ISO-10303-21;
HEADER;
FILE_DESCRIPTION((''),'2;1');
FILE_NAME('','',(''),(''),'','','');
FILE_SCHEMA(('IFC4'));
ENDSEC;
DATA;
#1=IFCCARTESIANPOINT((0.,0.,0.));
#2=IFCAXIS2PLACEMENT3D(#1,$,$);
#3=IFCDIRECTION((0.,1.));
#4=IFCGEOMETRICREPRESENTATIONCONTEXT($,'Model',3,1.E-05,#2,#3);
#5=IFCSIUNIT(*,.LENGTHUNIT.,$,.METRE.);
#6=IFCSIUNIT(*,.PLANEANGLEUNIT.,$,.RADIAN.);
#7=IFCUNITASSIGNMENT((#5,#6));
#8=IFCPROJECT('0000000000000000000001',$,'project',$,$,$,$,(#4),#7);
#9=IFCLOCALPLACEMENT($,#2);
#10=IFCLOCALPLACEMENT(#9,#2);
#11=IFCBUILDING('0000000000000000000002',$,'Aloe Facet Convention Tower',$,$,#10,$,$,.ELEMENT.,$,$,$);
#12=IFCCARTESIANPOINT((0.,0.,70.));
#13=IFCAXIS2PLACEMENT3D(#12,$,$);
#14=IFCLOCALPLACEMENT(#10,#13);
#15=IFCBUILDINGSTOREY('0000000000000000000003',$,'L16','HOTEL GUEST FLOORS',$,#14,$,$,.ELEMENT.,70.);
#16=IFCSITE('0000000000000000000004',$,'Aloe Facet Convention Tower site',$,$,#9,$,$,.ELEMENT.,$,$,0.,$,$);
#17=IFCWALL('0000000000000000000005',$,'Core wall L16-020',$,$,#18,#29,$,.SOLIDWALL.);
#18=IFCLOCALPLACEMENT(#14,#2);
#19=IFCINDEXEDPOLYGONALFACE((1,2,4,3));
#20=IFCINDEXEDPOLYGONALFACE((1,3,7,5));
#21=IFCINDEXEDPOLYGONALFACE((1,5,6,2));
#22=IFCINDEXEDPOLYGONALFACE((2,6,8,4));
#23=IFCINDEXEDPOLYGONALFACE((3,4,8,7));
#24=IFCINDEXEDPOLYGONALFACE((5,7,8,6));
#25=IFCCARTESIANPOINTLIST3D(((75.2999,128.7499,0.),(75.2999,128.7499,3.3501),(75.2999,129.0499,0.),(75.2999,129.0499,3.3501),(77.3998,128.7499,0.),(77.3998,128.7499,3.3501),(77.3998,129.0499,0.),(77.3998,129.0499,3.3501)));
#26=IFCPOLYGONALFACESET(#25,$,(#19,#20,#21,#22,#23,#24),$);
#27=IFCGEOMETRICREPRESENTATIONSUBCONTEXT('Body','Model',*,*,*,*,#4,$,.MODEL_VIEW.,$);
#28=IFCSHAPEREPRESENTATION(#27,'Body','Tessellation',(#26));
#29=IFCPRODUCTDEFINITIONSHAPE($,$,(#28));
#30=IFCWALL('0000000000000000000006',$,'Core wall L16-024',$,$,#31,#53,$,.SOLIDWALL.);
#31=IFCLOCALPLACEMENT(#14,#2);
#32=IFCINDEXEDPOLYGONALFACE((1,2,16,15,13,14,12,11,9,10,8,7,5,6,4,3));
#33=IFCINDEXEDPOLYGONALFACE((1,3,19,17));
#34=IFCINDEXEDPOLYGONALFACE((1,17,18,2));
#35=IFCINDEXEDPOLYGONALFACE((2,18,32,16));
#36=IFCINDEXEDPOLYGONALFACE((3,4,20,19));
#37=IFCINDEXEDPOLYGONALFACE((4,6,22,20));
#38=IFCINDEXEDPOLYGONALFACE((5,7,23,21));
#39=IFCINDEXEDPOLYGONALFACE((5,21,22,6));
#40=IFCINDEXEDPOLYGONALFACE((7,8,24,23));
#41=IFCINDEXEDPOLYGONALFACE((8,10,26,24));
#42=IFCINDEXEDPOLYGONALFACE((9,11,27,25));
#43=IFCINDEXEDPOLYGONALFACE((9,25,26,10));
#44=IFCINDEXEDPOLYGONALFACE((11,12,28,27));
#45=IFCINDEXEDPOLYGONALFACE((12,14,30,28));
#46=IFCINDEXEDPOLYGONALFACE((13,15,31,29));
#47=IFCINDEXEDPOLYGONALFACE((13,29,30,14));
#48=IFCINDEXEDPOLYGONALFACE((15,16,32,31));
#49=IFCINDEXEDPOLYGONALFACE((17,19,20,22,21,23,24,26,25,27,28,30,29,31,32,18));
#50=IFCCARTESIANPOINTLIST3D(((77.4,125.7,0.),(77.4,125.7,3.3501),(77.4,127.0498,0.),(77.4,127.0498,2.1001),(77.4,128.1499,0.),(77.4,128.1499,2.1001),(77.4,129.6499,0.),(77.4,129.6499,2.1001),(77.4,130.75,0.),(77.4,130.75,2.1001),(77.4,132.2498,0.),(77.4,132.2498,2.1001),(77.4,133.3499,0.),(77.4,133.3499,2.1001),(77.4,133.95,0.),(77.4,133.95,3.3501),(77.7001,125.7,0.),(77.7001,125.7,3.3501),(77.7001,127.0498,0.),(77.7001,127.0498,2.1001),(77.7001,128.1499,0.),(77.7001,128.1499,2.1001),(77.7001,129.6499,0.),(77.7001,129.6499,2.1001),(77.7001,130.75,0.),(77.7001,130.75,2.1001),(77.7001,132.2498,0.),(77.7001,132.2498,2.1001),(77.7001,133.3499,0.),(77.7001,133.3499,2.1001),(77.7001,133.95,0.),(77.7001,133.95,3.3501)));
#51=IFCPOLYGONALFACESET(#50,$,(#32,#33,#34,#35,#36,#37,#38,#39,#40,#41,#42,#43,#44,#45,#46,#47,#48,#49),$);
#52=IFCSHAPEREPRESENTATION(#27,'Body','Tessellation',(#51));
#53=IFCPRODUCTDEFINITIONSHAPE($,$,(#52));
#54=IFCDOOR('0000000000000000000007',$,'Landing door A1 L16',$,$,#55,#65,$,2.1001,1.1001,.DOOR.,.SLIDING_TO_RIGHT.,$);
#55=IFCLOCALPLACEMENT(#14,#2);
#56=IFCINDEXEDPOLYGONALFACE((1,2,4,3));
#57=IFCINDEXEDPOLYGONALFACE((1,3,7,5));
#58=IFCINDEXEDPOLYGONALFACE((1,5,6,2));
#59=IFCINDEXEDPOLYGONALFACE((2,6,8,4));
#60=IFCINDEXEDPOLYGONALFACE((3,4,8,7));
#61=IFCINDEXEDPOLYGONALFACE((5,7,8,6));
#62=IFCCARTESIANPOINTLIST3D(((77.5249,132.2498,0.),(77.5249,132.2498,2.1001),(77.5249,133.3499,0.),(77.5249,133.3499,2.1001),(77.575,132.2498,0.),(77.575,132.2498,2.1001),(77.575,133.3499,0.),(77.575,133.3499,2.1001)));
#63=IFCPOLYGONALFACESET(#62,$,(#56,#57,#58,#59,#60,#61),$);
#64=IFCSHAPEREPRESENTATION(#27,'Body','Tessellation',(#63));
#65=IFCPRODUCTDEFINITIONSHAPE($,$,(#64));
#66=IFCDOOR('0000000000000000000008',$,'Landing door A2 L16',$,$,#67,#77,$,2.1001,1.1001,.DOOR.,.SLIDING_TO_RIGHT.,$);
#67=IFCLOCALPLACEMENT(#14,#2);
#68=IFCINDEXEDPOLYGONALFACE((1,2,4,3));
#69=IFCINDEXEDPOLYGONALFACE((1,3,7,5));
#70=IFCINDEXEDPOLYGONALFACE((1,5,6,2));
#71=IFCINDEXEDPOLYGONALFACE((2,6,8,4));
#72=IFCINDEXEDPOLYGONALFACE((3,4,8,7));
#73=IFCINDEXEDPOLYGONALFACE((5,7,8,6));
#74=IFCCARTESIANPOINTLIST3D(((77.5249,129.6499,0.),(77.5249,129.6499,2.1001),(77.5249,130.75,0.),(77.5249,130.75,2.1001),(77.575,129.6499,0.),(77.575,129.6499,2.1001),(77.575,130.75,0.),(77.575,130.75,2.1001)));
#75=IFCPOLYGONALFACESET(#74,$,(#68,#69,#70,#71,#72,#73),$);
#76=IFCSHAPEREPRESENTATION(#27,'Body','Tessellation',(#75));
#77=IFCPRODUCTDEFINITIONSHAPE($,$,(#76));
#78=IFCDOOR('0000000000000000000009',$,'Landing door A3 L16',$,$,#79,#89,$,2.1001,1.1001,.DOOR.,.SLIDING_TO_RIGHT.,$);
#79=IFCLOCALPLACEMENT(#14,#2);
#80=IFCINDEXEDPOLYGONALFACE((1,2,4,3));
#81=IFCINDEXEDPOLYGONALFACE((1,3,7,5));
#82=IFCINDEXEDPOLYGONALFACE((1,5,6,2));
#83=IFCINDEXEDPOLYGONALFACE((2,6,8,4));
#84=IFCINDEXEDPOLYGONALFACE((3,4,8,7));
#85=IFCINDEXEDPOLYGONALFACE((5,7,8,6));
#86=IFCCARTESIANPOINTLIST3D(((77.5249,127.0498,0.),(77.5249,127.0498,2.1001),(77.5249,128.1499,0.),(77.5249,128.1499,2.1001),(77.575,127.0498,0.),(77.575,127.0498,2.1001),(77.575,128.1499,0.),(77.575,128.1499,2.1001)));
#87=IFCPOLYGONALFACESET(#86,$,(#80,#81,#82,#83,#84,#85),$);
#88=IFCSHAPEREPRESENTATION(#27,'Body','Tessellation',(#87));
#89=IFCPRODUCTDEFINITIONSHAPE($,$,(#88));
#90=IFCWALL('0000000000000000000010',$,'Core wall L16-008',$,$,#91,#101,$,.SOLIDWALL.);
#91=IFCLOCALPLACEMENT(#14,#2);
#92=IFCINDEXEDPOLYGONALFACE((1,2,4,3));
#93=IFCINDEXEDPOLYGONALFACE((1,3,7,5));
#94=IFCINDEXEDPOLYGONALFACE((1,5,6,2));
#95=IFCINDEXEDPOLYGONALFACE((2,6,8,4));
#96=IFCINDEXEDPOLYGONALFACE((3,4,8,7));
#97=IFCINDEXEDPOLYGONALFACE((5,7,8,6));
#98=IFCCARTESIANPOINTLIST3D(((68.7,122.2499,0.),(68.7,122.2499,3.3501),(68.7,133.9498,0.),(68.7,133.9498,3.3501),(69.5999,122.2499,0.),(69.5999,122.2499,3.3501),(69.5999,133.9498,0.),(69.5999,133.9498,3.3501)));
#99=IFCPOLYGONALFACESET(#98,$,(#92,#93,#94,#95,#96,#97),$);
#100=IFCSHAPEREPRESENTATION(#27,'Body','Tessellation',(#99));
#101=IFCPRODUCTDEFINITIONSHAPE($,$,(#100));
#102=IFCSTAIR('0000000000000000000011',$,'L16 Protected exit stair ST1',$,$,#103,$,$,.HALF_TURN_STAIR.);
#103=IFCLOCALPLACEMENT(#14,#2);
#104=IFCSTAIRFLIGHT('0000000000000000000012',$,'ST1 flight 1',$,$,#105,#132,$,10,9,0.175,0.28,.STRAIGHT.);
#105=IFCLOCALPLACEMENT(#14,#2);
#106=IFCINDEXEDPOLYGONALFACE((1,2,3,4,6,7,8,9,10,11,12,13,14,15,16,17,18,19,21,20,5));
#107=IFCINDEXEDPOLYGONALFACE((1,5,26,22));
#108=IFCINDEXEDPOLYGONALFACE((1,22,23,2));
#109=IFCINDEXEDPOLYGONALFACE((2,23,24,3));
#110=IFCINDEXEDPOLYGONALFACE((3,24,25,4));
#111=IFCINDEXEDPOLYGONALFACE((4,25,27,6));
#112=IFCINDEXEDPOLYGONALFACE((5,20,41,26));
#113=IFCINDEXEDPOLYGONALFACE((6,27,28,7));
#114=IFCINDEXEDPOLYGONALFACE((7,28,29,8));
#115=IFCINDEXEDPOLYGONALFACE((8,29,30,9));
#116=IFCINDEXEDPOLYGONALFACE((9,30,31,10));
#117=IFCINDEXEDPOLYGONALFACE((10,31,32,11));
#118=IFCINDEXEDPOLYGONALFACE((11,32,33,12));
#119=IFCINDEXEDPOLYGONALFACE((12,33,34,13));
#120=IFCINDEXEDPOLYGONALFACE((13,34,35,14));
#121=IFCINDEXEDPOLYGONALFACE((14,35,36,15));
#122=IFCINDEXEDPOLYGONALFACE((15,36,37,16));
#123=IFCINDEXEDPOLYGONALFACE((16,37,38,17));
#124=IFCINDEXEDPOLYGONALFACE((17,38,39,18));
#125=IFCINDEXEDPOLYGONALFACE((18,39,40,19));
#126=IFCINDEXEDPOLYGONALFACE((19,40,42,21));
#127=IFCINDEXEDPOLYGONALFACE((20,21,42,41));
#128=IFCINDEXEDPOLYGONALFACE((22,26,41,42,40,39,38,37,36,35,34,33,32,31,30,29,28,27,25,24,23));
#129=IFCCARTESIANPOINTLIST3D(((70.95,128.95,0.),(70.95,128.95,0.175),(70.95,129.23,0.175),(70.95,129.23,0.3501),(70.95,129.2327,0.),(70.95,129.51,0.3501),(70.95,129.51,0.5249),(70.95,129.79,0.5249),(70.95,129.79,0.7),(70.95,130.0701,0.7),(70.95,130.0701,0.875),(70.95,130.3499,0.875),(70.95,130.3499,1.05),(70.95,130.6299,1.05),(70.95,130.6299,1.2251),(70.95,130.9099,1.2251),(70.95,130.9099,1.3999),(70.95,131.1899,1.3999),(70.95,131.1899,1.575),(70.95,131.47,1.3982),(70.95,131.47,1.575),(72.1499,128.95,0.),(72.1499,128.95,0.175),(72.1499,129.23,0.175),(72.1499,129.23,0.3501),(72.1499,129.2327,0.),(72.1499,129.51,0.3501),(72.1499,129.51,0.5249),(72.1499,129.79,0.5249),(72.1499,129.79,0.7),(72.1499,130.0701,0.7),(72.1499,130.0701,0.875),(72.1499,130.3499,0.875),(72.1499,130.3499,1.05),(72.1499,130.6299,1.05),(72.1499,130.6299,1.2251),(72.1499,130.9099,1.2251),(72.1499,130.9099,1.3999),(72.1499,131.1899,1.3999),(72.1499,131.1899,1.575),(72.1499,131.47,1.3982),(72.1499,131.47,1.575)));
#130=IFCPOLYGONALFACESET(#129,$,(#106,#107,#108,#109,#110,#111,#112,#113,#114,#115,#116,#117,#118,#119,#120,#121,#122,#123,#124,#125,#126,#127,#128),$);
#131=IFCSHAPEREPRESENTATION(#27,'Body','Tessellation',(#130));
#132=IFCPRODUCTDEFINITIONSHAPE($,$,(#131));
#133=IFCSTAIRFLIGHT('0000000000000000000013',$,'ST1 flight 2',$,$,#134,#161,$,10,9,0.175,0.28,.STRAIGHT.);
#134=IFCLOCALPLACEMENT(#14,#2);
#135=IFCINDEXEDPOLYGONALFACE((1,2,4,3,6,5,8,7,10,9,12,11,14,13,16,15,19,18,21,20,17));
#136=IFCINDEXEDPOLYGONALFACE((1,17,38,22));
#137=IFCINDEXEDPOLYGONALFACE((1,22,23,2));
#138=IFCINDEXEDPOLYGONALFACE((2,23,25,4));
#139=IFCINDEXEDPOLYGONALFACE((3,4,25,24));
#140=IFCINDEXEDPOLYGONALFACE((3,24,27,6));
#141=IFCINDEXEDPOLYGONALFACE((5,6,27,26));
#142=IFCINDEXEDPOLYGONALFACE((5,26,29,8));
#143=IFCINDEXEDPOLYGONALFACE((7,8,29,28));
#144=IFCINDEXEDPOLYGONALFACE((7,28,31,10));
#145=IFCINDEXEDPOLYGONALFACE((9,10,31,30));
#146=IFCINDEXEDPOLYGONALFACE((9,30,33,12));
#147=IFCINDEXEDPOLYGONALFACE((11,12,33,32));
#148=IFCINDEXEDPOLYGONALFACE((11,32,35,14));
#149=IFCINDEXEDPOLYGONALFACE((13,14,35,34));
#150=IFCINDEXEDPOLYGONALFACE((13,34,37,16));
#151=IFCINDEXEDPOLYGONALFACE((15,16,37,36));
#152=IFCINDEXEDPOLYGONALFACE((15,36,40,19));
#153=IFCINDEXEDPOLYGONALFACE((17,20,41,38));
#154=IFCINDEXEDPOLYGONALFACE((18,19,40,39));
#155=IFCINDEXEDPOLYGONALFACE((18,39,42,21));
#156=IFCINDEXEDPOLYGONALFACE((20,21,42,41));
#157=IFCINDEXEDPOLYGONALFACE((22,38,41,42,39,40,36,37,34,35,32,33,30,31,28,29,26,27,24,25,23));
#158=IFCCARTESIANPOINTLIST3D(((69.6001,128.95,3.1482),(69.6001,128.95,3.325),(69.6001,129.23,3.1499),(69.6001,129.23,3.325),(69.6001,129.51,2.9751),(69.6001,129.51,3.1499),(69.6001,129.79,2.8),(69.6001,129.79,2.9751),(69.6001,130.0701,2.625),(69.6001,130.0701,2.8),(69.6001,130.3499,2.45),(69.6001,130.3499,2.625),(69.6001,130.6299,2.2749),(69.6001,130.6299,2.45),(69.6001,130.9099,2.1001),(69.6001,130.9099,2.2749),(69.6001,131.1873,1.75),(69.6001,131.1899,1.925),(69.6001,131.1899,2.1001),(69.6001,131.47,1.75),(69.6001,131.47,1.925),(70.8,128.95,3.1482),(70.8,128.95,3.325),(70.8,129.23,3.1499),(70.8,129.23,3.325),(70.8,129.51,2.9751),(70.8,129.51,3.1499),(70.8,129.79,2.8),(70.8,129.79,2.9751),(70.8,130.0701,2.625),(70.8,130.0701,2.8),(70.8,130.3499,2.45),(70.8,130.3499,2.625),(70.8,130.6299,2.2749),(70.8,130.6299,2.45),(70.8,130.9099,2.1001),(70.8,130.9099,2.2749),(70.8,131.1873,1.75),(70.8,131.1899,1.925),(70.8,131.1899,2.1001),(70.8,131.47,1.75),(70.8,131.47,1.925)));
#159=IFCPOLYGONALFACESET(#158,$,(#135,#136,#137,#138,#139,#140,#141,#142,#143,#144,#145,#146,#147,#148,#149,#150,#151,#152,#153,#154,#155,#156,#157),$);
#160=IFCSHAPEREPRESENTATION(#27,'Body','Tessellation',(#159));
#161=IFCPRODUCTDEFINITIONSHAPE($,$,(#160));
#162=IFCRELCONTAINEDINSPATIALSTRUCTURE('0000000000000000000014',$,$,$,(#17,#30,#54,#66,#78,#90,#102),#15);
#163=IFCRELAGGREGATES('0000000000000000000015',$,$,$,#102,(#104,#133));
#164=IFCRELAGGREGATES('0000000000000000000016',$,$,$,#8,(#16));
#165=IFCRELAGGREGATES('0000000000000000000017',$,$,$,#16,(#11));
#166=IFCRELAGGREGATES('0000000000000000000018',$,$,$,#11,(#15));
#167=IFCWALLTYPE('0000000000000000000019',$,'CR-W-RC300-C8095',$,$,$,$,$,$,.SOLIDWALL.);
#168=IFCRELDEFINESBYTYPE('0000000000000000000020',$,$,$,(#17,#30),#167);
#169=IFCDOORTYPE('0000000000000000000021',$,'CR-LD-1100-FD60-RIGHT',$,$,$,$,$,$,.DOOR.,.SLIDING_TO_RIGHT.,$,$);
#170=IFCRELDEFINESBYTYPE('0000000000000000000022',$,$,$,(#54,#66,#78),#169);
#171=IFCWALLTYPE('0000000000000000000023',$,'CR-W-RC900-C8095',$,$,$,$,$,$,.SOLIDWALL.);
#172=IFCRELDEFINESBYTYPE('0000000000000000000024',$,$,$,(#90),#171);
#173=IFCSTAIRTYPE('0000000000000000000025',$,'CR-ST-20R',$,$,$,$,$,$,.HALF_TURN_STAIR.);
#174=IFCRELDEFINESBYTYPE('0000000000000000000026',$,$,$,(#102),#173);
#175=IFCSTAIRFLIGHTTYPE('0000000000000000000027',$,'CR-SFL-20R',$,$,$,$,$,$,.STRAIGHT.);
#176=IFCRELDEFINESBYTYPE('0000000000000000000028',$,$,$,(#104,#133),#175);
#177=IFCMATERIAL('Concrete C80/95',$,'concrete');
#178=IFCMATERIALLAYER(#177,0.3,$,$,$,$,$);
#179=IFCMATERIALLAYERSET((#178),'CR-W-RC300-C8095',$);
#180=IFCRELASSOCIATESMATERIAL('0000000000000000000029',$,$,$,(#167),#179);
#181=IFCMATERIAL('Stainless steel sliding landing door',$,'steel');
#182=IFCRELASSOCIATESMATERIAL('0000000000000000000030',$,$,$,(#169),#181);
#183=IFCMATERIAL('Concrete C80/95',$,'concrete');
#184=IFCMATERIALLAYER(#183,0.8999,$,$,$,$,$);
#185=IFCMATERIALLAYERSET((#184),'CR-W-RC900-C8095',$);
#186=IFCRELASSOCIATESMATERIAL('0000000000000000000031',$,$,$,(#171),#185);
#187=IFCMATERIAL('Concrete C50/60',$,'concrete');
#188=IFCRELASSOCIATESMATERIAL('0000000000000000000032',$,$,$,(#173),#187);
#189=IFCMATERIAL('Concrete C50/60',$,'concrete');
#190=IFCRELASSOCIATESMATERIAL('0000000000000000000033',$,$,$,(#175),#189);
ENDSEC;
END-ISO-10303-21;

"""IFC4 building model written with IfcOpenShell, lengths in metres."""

from ifc_helpers import new_model, si_unit, direction, frame, frame_2d, origin, place, context, subcontext, project, spatial, polyline, rectangle, outline, extrude, material, layer, layer_set, type_object, element, fill, aggregate, save


model = new_model("IFC4")

# Units and contexts
model_context = context("Model", 3, precision=1e-05, world=origin(), true_north=direction((0.0, 1.0)))
body_context = subcontext(model_context, "Body", "Model", "MODEL_VIEW")
ifc_project = project(units=[si_unit("LENGTHUNIT", "METRE"), si_unit("PLANEANGLEUNIT", "RADIAN")], contexts=[model_context])

# Site, building, storey
site_placement = place(None, origin())
site = spatial("IfcSite", under=ifc_project, at=site_placement, Name="Aloe Facet Convention Tower site", CompositionType="ELEMENT", RefElevation=0.0)
building_placement = place(site_placement, origin())
building = spatial("IfcBuilding", under=site, at=building_placement, Name="Aloe Facet Convention Tower", CompositionType="ELEMENT")
storey_placement = place(building_placement, frame((0.0, 0.0, 70.0)))
storey = spatial("IfcBuildingStorey", under=building, at=storey_placement, Name="L16", Description="HOTEL GUEST FLOORS", CompositionType="ELEMENT", Elevation=70.0)

# Shared definitions
ifc_material_1 = material(Name="Concrete C80/95", Category="concrete")
ifc_layer_1 = layer(ifc_material_1, 0.3)
ifc_layer_set_1 = layer_set([ifc_layer_1], Name="CR-W-RC300-C8095")
wall_type_1 = type_object("IfcWallType", Name="CR-W-RC300-C8095", PredefinedType="SOLIDWALL", material=ifc_layer_set_1)

# Wall
for number, where, z_axis, x_axis, name in (
    (1, (75.3, 128.8999, 0.0), (0.0, 0.0, 1.0), (1.0, 0.0, 0.0), "Core wall L16-020"),
):
    element("IfcWall", number, at=place(storey_placement, frame(where, z_axis=z_axis, x_axis=x_axis)), inside=storey, type_object=wall_type_1, Name=name, PredefinedType="SOLIDWALL", context=body_context, shape_type="SweptSolid", body=[
        extrude(rectangle(XDim=2.0999, YDim=0.3, at=frame_2d((1.0498, 0.0))), origin(), (0.0, 0.0, 1.0), 3.3501),
    ])

# Wall, openings, doors
wall_1_placement = place(storey_placement, frame((77.55, 133.95, 0.0), z_axis=(0.0, 0.0, 1.0), x_axis=(0.0, -1.0, 0.0)))
wall_1 = element("IfcWall", 2, at=wall_1_placement, inside=storey, type_object=wall_type_1, Name="Core wall L16-024", PredefinedType="SOLIDWALL", context=body_context, shape_type="SweptSolid", body=[
    extrude(rectangle(XDim=8.25, YDim=0.3, at=frame_2d((4.125, 0.0))), origin(), (0.0, 0.0, 1.0), 3.3501),
])
opening_1_placement = place(wall_1_placement, frame((0.6001, 0.0, 0.0)))
opening_1 = element("IfcOpeningElement", 3, at=opening_1_placement, cuts=wall_1, PredefinedType="OPENING", context=body_context, shape_type="SweptSolid", body=[
    extrude(rectangle(XDim=1.1001, YDim=2.1001, at=frame_2d((0.55, 1.05))), frame((0.0, 0.1602, 0.0), z_axis=(0.0, -1.0, 0.0), x_axis=(1.0, 0.0, 0.0)), (0.0, 0.0, 1.0), 0.3201),
])
opening_2_placement = place(wall_1_placement, frame((3.2, 0.0, 0.0)))
opening_2 = element("IfcOpeningElement", 4, at=opening_2_placement, cuts=wall_1, PredefinedType="OPENING", context=body_context, shape_type="SweptSolid", body=[
    extrude(rectangle(XDim=1.1001, YDim=2.1001, at=frame_2d((0.55, 1.05))), frame((0.0, 0.1602, 0.0), z_axis=(0.0, -1.0, 0.0), x_axis=(1.0, 0.0, 0.0)), (0.0, 0.0, 1.0), 0.3201),
])
opening_3_placement = place(wall_1_placement, frame((5.8, 0.0, 0.0)))
opening_3 = element("IfcOpeningElement", 5, at=opening_3_placement, cuts=wall_1, PredefinedType="OPENING", context=body_context, shape_type="SweptSolid", body=[
    extrude(rectangle(XDim=1.1001, YDim=2.1001, at=frame_2d((0.55, 1.05))), frame((0.0, 0.1602, 0.0), z_axis=(0.0, -1.0, 0.0), x_axis=(1.0, 0.0, 0.0)), (0.0, 0.0, 1.0), 0.3201),
])
ifc_material_2 = material(Name="Stainless steel sliding landing door", Category="steel")
door_type_1 = type_object("IfcDoorType", Name="CR-LD-1100-FD60-RIGHT", OperationType="SLIDING_TO_RIGHT", PredefinedType="DOOR", material=ifc_material_2)
door_1_placement = place(opening_1_placement, origin())
door_1 = element("IfcDoor", 6, at=door_1_placement, inside=storey, type_object=door_type_1, Name="Landing door A1 L16", OperationType="SLIDING_TO_RIGHT", OverallHeight=2.1001, OverallWidth=1.1001, PredefinedType="DOOR", context=body_context, shape_type="SweptSolid", body=[
    extrude(rectangle(XDim=1.1001, YDim=2.1001, at=frame_2d((0.55, 1.05))), frame((0.0, 0.0249, 0.0), z_axis=(0.0, -1.0, 0.0), x_axis=(1.0, 0.0, 0.0)), (0.0, 0.0, 1.0), 0.05),
])
fill(opening_1, door_1)
door_2_placement = place(opening_2_placement, origin())
door_2 = element("IfcDoor", 7, at=door_2_placement, inside=storey, type_object=door_type_1, Name="Landing door A2 L16", OperationType="SLIDING_TO_RIGHT", OverallHeight=2.1001, OverallWidth=1.1001, PredefinedType="DOOR", context=body_context, shape_type="SweptSolid", body=[
    extrude(rectangle(XDim=1.1001, YDim=2.1001, at=frame_2d((0.55, 1.05))), frame((0.0, 0.0249, 0.0), z_axis=(0.0, -1.0, 0.0), x_axis=(1.0, 0.0, 0.0)), (0.0, 0.0, 1.0), 0.05),
])
fill(opening_2, door_2)
door_3_placement = place(opening_3_placement, origin())
door_3 = element("IfcDoor", 8, at=door_3_placement, inside=storey, type_object=door_type_1, Name="Landing door A3 L16", OperationType="SLIDING_TO_RIGHT", OverallHeight=2.1001, OverallWidth=1.1001, PredefinedType="DOOR", context=body_context, shape_type="SweptSolid", body=[
    extrude(rectangle(XDim=1.1001, YDim=2.1001, at=frame_2d((0.55, 1.05))), frame((0.0, 0.0249, 0.0), z_axis=(0.0, -1.0, 0.0), x_axis=(1.0, 0.0, 0.0)), (0.0, 0.0, 1.0), 0.05),
])
fill(opening_3, door_3)

# Wall
ifc_material_3 = material(Name="Concrete C80/95", Category="concrete")
ifc_layer_2 = layer(ifc_material_3, 0.8999)
ifc_layer_set_2 = layer_set([ifc_layer_2], Name="CR-W-RC900-C8095")
wall_type_2 = type_object("IfcWallType", Name="CR-W-RC900-C8095", PredefinedType="SOLIDWALL", material=ifc_layer_set_2)
wall_2_placement = place(storey_placement, frame((69.1499, 133.95, 0.0), z_axis=(0.0, 0.0, 1.0), x_axis=(0.0, -1.0, 0.0)))
element("IfcWall", 9, at=wall_2_placement, inside=storey, type_object=wall_type_2, Name="Core wall L16-008", PredefinedType="SOLIDWALL", context=body_context, shape_type="SweptSolid", body=[
    extrude(rectangle(XDim=11.7, YDim=0.8999, at=frame_2d((5.8501, 0.0))), origin(), (0.0, 0.0, 1.0), 3.3501),
])

# Stair, stair flights
ifc_material_4 = material(Name="Concrete C50/60", Category="concrete")
stair_type = type_object("IfcStairType", Name="CR-ST-20R", PredefinedType="HALF_TURN_STAIR", material=ifc_material_4)
stair_placement = place(storey_placement, origin())
stair = element("IfcStair", 10, at=stair_placement, inside=storey, type_object=stair_type, Name="L16 Protected exit stair ST1", PredefinedType="HALF_TURN_STAIR")
ifc_material_5 = material(Name="Concrete C50/60", Category="concrete")
stair_flight_type = type_object("IfcStairFlightType", Name="CR-SFL-20R", PredefinedType="STRAIGHT", material=ifc_material_5)
stair_flight_1_placement = place(storey_placement, frame((71.55, 128.95, 0.0), z_axis=(0.0, 0.0, 1.0), x_axis=(0.0, 1.0, 0.0)))
stair_flight_1 = element("IfcStairFlight", 11, at=stair_flight_1_placement, type_object=stair_flight_type, Name="ST1 flight 1", NumberOfRisers=10, NumberOfTreads=9, PredefinedType="STRAIGHT", RiserHeight=0.175, TreadLength=0.28, context=body_context, shape_type="SweptSolid", body=[
    extrude(outline(polyline([(0.0, 0.0), (0.0, 0.175), (0.28, 0.175), (0.28, 0.3501), (0.5601, 0.3501), (0.5601, 0.5249), (0.8401, 0.5249), (0.8401, 0.7), (1.1201, 0.7), (1.1201, 0.875), (1.3999, 0.875), (1.3999, 1.05), (1.6799, 1.05), (1.6799, 1.2251), (1.96, 1.2251), (1.96, 1.3999), (2.24, 1.3999), (2.24, 1.575), (2.52, 1.575), (2.52, 1.75), (2.52, 1.3982), (0.2827, 0.0), (0.0, 0.0)])), frame((0.0, 0.6001, 0.0), z_axis=(0.0, -1.0, 0.0), x_axis=(1.0, 0.0, 0.0)), (0.0, 0.0, 1.0), 1.2),
])
stair_flight_2_placement = place(storey_placement, frame((70.2, 131.47, 1.75), z_axis=(0.0, 0.0, 1.0), x_axis=(0.0, -1.0, 0.0)))
stair_flight_2 = element("IfcStairFlight", 12, at=stair_flight_2_placement, type_object=stair_flight_type, Name="ST1 flight 2", NumberOfRisers=10, NumberOfTreads=9, PredefinedType="STRAIGHT", RiserHeight=0.175, TreadLength=0.28, context=body_context, shape_type="SweptSolid", body=[
    extrude(outline(polyline([(0.0, 0.0), (0.0, 0.175), (0.28, 0.175), (0.28, 0.3501), (0.5601, 0.3501), (0.5601, 0.5249), (0.8401, 0.5249), (0.8401, 0.7), (1.1201, 0.7), (1.1201, 0.875), (1.3999, 0.875), (1.3999, 1.05), (1.6799, 1.05), (1.6799, 1.2251), (1.96, 1.2251), (1.96, 1.3999), (2.24, 1.3999), (2.24, 1.575), (2.52, 1.575), (2.52, 1.75), (2.52, 1.3982), (0.2827, 0.0), (0.0, 0.0)])), frame((0.0, 0.6001, 0.0), z_axis=(0.0, -1.0, 0.0), x_axis=(1.0, 0.0, 0.0)), (0.0, 0.0, 1.0), 1.2),
])
aggregate(stair, [stair_flight_1, stair_flight_2])

save(model, "model.ifc")
